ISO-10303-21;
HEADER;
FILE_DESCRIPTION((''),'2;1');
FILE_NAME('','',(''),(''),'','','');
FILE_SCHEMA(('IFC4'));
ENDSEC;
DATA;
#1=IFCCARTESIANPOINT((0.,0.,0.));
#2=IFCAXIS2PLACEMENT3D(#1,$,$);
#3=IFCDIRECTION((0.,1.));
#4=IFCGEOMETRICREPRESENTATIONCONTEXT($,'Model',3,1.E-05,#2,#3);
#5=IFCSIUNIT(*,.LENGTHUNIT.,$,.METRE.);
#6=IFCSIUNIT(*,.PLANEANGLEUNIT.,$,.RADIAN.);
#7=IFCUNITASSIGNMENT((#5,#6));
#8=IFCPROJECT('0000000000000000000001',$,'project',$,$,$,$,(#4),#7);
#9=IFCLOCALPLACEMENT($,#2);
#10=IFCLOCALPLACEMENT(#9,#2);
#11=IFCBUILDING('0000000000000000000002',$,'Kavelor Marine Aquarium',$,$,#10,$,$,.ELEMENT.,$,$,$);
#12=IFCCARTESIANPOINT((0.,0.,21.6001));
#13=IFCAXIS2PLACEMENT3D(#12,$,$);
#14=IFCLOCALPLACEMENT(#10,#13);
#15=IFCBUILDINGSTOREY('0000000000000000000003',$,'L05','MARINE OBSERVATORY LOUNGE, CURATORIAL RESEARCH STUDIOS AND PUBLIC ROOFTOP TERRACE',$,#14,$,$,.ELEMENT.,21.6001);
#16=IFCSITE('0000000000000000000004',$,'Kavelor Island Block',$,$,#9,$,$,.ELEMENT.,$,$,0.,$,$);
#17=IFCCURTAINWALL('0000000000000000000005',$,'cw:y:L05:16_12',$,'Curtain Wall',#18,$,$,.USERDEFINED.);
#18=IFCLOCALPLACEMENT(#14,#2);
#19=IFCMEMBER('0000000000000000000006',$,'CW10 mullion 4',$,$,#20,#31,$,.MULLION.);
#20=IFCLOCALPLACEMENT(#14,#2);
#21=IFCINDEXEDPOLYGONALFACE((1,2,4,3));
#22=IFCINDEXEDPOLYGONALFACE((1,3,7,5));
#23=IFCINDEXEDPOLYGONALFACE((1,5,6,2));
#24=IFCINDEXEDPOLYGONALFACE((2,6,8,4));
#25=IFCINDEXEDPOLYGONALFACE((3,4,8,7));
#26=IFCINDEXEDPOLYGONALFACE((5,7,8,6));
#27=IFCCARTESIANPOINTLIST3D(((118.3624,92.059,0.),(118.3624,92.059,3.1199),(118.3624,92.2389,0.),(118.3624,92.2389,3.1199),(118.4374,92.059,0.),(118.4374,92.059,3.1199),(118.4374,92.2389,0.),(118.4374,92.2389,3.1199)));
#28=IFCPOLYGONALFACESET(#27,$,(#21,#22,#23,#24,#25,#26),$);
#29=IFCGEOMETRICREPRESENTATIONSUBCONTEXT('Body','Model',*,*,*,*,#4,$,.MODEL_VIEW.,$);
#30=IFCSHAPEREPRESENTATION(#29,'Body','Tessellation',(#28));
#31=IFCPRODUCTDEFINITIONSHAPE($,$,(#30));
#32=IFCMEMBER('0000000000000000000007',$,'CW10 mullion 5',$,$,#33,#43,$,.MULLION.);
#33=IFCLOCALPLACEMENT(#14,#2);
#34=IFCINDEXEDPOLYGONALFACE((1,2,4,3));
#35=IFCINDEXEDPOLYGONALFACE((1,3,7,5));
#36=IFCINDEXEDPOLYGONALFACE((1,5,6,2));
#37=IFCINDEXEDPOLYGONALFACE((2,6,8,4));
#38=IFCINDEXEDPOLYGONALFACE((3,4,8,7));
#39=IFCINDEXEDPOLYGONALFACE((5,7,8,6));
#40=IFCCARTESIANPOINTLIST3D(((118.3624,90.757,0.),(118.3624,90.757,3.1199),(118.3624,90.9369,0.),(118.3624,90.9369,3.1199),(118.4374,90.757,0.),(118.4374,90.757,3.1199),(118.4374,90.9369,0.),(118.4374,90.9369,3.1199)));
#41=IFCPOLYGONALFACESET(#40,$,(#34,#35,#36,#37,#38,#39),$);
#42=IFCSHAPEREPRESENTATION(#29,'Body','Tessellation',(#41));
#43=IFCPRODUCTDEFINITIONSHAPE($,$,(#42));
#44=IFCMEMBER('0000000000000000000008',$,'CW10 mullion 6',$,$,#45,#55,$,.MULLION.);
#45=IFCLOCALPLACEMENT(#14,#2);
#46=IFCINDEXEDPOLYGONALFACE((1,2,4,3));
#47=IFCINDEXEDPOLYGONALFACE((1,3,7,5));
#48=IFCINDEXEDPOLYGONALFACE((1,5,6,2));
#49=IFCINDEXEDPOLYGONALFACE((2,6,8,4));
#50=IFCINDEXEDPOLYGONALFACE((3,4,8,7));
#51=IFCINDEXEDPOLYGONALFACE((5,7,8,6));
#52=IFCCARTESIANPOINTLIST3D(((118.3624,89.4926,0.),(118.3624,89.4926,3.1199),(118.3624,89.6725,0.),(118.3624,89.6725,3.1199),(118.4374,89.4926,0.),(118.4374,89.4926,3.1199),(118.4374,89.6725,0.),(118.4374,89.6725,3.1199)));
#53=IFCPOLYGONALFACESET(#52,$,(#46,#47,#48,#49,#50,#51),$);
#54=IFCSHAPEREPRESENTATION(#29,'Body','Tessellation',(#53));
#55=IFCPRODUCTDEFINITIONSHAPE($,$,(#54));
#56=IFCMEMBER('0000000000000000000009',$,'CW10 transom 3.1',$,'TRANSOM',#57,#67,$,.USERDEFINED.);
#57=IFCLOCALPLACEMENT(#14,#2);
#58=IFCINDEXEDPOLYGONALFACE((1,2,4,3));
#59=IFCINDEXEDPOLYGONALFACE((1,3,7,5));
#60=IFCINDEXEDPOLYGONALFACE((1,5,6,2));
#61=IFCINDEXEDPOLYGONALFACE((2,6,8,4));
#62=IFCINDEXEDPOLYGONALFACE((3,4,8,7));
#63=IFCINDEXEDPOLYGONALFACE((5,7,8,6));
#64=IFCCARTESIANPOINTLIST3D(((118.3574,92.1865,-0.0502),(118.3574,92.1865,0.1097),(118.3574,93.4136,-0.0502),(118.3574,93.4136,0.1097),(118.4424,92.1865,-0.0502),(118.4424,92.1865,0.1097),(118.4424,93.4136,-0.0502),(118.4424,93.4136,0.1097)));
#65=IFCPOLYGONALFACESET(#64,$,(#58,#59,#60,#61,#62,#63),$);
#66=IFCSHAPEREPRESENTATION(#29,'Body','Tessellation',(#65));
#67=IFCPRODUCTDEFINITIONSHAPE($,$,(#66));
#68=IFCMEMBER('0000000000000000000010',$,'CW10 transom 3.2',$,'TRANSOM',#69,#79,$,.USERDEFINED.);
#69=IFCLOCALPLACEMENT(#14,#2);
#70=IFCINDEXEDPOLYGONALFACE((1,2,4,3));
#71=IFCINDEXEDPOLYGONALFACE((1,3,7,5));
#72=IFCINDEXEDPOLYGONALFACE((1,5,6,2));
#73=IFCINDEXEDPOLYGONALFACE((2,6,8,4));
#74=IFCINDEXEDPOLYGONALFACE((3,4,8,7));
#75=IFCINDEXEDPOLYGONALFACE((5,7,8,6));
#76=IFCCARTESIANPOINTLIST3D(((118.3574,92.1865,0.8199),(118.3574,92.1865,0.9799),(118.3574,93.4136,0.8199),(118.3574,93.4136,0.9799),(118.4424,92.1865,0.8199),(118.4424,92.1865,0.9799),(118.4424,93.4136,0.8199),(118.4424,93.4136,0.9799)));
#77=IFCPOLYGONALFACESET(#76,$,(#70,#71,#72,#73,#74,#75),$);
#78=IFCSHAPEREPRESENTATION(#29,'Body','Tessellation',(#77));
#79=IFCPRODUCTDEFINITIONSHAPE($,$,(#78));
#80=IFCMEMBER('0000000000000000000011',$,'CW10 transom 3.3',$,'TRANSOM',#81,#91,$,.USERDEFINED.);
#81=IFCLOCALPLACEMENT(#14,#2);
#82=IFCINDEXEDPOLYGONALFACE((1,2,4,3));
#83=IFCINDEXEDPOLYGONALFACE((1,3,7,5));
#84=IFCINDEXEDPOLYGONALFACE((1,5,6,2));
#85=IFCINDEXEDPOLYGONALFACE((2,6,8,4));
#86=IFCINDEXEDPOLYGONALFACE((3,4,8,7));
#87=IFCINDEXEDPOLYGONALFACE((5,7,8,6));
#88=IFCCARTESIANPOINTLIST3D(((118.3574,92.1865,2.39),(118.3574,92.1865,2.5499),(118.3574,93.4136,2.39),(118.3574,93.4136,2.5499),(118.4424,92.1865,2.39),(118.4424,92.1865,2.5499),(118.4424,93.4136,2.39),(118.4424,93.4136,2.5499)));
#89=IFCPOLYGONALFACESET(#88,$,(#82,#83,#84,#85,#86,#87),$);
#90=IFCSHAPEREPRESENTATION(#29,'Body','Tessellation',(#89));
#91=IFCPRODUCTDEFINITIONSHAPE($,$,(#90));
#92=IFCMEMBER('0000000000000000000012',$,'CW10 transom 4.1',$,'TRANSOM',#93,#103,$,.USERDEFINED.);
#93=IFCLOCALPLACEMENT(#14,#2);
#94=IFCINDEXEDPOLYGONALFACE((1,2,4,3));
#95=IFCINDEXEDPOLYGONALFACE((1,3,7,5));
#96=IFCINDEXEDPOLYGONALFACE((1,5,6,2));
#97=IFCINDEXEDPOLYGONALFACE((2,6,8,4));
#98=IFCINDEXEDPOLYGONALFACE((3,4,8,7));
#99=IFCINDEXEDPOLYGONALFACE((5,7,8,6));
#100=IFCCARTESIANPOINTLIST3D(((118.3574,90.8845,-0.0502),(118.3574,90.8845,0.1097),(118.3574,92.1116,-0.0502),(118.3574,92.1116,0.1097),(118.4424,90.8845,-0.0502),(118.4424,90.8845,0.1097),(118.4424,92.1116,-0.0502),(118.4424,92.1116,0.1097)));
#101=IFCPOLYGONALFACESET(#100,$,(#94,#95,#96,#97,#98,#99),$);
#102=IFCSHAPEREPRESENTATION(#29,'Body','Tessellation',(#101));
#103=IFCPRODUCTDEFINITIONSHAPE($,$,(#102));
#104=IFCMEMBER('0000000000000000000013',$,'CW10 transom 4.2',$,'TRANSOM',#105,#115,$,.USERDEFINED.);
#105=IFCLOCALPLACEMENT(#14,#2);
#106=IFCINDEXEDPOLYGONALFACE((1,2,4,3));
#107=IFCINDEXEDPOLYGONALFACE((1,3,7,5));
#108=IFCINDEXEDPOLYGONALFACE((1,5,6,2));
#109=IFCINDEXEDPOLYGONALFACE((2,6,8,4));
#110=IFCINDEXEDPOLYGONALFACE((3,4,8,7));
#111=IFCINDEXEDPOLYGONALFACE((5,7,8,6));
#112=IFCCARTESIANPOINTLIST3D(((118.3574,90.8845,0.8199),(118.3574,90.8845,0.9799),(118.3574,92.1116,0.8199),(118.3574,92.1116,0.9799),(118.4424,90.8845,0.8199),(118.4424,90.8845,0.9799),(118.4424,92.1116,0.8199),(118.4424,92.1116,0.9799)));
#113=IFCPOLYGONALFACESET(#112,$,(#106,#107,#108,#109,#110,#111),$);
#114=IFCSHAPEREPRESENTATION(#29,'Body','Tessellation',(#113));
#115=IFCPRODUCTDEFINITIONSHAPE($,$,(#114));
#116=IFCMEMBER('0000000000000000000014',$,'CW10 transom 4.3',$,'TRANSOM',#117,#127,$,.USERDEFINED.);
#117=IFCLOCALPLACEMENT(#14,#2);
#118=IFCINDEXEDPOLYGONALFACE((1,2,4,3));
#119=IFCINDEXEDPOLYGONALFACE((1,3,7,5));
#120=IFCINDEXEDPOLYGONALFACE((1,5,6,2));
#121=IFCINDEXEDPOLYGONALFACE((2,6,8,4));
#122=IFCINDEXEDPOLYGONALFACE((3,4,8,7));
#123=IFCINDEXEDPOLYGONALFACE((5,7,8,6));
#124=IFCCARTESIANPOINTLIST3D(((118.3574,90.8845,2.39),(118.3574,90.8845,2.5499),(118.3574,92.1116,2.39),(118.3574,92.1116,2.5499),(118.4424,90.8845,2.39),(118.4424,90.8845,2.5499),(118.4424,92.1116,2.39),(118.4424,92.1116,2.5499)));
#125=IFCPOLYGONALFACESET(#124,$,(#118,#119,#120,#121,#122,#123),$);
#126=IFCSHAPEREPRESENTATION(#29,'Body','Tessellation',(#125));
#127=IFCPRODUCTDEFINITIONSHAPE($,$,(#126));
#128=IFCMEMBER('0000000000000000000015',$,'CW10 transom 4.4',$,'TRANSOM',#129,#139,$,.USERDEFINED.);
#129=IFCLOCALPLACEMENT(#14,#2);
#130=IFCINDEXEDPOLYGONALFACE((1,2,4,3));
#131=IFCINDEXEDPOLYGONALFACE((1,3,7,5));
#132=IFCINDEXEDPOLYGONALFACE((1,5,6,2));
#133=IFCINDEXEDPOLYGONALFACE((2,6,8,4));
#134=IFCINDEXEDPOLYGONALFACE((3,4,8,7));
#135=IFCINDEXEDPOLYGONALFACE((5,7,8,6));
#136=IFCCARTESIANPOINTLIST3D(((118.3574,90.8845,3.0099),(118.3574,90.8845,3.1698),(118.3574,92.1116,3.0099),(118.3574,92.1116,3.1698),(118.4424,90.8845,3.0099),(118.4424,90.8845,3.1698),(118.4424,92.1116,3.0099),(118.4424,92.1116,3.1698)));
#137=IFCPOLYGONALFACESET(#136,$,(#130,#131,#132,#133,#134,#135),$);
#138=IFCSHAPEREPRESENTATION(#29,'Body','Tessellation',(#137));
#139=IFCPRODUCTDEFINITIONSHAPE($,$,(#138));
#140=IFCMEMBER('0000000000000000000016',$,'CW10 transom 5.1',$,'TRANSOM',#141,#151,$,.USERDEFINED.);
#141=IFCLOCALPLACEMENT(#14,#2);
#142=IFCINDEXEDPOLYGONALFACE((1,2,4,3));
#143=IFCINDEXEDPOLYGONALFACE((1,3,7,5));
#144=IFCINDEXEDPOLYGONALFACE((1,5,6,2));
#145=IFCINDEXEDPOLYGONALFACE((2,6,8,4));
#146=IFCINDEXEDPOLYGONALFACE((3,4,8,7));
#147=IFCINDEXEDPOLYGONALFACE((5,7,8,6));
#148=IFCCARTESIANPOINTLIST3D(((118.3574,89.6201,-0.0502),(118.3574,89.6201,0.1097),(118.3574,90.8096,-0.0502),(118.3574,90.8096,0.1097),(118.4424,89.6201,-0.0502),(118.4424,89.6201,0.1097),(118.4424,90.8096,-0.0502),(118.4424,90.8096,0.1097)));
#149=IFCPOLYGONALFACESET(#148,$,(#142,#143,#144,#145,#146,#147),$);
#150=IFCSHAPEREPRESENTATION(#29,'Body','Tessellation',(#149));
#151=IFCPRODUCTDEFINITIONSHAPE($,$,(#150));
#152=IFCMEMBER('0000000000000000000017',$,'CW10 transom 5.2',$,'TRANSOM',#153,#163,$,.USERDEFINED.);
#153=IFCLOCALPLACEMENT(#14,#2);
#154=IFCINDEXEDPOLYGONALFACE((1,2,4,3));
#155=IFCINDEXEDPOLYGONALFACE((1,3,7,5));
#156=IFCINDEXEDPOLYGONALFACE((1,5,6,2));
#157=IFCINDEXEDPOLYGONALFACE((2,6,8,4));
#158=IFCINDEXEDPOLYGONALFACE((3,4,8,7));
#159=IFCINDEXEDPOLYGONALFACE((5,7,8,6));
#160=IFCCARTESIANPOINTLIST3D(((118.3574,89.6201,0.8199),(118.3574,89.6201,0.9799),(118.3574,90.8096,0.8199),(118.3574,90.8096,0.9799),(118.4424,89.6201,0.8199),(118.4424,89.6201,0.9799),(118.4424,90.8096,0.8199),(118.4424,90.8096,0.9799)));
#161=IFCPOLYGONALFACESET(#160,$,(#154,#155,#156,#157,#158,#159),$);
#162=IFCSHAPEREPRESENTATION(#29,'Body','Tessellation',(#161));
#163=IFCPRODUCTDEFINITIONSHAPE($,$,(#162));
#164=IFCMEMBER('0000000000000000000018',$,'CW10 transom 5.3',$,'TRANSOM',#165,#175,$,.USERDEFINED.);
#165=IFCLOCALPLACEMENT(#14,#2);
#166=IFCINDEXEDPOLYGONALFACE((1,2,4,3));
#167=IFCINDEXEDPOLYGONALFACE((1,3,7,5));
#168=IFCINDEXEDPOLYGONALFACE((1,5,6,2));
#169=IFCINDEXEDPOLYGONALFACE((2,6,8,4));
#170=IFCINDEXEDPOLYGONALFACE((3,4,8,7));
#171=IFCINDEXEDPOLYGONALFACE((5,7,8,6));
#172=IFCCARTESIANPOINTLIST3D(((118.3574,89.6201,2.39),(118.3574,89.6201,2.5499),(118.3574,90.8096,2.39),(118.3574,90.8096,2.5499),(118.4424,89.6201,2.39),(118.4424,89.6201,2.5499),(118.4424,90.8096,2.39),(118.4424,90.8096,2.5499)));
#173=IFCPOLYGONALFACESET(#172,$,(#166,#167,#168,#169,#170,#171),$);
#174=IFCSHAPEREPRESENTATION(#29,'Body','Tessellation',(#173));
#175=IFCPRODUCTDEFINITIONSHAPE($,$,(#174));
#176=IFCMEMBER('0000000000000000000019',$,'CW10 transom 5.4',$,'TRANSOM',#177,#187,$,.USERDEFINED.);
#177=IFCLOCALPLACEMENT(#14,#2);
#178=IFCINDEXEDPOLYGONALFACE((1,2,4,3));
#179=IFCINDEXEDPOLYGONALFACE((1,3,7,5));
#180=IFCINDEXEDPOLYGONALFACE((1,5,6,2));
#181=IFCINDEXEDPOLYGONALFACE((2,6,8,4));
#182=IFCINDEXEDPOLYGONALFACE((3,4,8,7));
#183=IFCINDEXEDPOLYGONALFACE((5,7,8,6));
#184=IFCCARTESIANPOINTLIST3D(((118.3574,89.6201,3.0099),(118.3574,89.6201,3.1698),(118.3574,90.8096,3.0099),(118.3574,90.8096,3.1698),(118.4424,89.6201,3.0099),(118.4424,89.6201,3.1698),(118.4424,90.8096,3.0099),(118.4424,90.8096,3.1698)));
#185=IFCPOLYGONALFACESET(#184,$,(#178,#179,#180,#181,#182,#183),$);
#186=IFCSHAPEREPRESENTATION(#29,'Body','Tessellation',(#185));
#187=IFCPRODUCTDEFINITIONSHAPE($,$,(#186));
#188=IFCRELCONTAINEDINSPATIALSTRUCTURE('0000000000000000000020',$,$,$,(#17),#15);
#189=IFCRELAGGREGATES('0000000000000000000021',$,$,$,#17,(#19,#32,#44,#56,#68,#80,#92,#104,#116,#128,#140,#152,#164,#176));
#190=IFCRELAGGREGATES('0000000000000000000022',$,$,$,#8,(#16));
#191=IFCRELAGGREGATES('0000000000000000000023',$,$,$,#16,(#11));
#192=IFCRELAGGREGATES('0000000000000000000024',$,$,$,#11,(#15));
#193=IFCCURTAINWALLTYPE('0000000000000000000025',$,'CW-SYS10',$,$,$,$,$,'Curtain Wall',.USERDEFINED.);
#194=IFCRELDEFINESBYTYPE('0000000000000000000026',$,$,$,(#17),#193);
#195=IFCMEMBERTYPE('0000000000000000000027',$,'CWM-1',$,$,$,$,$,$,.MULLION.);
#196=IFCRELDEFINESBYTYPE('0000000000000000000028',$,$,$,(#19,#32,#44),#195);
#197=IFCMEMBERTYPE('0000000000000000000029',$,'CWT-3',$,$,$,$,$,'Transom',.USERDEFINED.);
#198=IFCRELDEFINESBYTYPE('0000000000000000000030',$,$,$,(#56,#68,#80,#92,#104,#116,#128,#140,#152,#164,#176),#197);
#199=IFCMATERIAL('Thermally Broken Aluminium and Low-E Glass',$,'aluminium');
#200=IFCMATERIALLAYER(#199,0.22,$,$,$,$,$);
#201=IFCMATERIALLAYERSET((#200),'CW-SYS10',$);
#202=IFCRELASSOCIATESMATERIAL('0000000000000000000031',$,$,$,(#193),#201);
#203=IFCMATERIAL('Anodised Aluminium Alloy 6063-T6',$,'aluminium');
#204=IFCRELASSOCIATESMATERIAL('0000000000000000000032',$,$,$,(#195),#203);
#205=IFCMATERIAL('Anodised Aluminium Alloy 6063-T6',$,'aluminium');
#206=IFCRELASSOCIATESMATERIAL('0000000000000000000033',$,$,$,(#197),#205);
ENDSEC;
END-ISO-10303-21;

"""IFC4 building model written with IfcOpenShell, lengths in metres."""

from ifc_helpers import new_model, si_unit, direction, frame, origin, origin_2d, place, context, subcontext, project, spatial, rectangle, extrude, material, layer, layer_set, material_profile, profile_set, type_object, element, aggregate, save


model = new_model("IFC4")

# Units and contexts
model_context = context("Model", 3, precision=1e-05, world=origin(), true_north=direction((0.0, 1.0)))
body_context = subcontext(model_context, "Body", "Model", "MODEL_VIEW")
ifc_project = project(units=[si_unit("LENGTHUNIT", "METRE"), si_unit("PLANEANGLEUNIT", "RADIAN")], contexts=[model_context])

# Site, building, storey
site_placement = place(None, origin())
site = spatial("IfcSite", under=ifc_project, at=site_placement, Name="Kavelor Island Block", CompositionType="ELEMENT", RefElevation=0.0)
building_placement = place(site_placement, origin())
building = spatial("IfcBuilding", under=site, at=building_placement, Name="Kavelor Marine Aquarium", CompositionType="ELEMENT")
storey_placement = place(building_placement, frame((0.0, 0.0, 21.6001)))
storey = spatial("IfcBuildingStorey", under=building, at=storey_placement, Name="L05", Description="MARINE OBSERVATORY LOUNGE, CURATORIAL RESEARCH STUDIOS AND PUBLIC ROOFTOP TERRACE", CompositionType="ELEMENT", Elevation=21.6001)

# Curtain wall, members
ifc_material_1 = material(Name="Thermally Broken Aluminium and Low-E Glass", Category="aluminium")
ifc_layer_1 = layer(ifc_material_1, 0.22)
ifc_layer_set_1 = layer_set([ifc_layer_1], Name="CW-SYS10")
curtain_wall_type = type_object("IfcCurtainWallType", Name="CW-SYS10", ElementType="Curtain Wall", PredefinedType="USERDEFINED", material=ifc_layer_set_1)
curtain_wall_placement = place(storey_placement, origin())
curtain_wall = element("IfcCurtainWall", 1, at=curtain_wall_placement, inside=storey, type_object=curtain_wall_type, Name="cw:y:L05:16_12", ObjectType="Curtain Wall", PredefinedType="USERDEFINED")
ifc_material_2 = material(Name="Anodised Aluminium Alloy 6063-T6", Category="aluminium")
ifc_material_profile_1 = material_profile(ifc_material_2, rectangle(XDim=0.075, YDim=0.1799, at=origin_2d()), Name="CW-MUL 75x180")
ifc_profile_set_1 = profile_set([ifc_material_profile_1], Name="Anodised Aluminium Alloy 6063-T6")
member_type_1 = type_object("IfcMemberType", Name="CWM-1", PredefinedType="MULLION", material=ifc_profile_set_1)
member_1_placement = place(storey_placement, frame((118.3999, 92.1489, 0.0), z_axis=(0.0, 0.0, 1.0), x_axis=(1.0, 0.0, 0.0)))
member_1 = element("IfcMember", 2, at=member_1_placement, type_object=member_type_1, Name="CW10 mullion 4", PredefinedType="MULLION", context=body_context, shape_type="SweptSolid", body=[
    extrude(rectangle(XDim=0.075, YDim=0.1799, at=origin_2d()), origin(), (0.0, 0.0, 1.0), 3.1199),
])
member_2_placement = place(storey_placement, frame((118.3999, 90.8469, 0.0), z_axis=(0.0, 0.0, 1.0), x_axis=(1.0, 0.0, 0.0)))
member_2 = element("IfcMember", 3, at=member_2_placement, type_object=member_type_1, Name="CW10 mullion 5", PredefinedType="MULLION", context=body_context, shape_type="SweptSolid", body=[
    extrude(rectangle(XDim=0.075, YDim=0.1799, at=origin_2d()), origin(), (0.0, 0.0, 1.0), 3.1199),
])
member_3_placement = place(storey_placement, frame((118.3999, 89.5825, 0.0), z_axis=(0.0, 0.0, 1.0), x_axis=(1.0, 0.0, 0.0)))
member_3 = element("IfcMember", 4, at=member_3_placement, type_object=member_type_1, Name="CW10 mullion 6", PredefinedType="MULLION", context=body_context, shape_type="SweptSolid", body=[
    extrude(rectangle(XDim=0.075, YDim=0.1799, at=origin_2d()), origin(), (0.0, 0.0, 1.0), 3.1199),
])
ifc_material_3 = material(Name="Anodised Aluminium Alloy 6063-T6", Category="aluminium")
ifc_material_profile_2 = material_profile(ifc_material_3, rectangle(XDim=0.085, YDim=0.1599, at=origin_2d()), Name="CW-TRN 85x160")
ifc_profile_set_2 = profile_set([ifc_material_profile_2], Name="Anodised Aluminium Alloy 6063-T6")
member_type_2 = type_object("IfcMemberType", Name="CWT-3", ElementType="Transom", PredefinedType="USERDEFINED", material=ifc_profile_set_2)
member_4_placement = place(storey_placement, frame((118.3999, 93.4136, 0.0298), z_axis=(0.0, -1.0, 0.0), x_axis=(1.0, 0.0, 0.0)))
member_4 = element("IfcMember", 5, at=member_4_placement, type_object=member_type_2, Name="CW10 transom 3.1", ObjectType="TRANSOM", PredefinedType="USERDEFINED", context=body_context, shape_type="SweptSolid", body=[
    extrude(rectangle(XDim=0.085, YDim=0.1599, at=origin_2d()), origin(), (0.0, 0.0, 1.0), 1.2271),
])
member_5_placement = place(storey_placement, frame((118.3999, 93.4136, 0.8999), z_axis=(0.0, -1.0, 0.0), x_axis=(1.0, 0.0, 0.0)))
member_5 = element("IfcMember", 6, at=member_5_placement, type_object=member_type_2, Name="CW10 transom 3.2", ObjectType="TRANSOM", PredefinedType="USERDEFINED", context=body_context, shape_type="SweptSolid", body=[
    extrude(rectangle(XDim=0.085, YDim=0.1599, at=origin_2d()), origin(), (0.0, 0.0, 1.0), 1.2271),
])
member_6_placement = place(storey_placement, frame((118.3999, 93.4136, 2.47), z_axis=(0.0, -1.0, 0.0), x_axis=(1.0, 0.0, 0.0)))
member_6 = element("IfcMember", 7, at=member_6_placement, type_object=member_type_2, Name="CW10 transom 3.3", ObjectType="TRANSOM", PredefinedType="USERDEFINED", context=body_context, shape_type="SweptSolid", body=[
    extrude(rectangle(XDim=0.085, YDim=0.1599, at=origin_2d()), origin(), (0.0, 0.0, 1.0), 1.2271),
])
member_7_placement = place(storey_placement, frame((118.3999, 92.1116, 0.0298), z_axis=(0.0, -1.0, 0.0), x_axis=(1.0, 0.0, 0.0)))
member_7 = element("IfcMember", 8, at=member_7_placement, type_object=member_type_2, Name="CW10 transom 4.1", ObjectType="TRANSOM", PredefinedType="USERDEFINED", context=body_context, shape_type="SweptSolid", body=[
    extrude(rectangle(XDim=0.085, YDim=0.1599, at=origin_2d()), origin(), (0.0, 0.0, 1.0), 1.2271),
])
member_8_placement = place(storey_placement, frame((118.3999, 92.1116, 0.8999), z_axis=(0.0, -1.0, 0.0), x_axis=(1.0, 0.0, 0.0)))
member_8 = element("IfcMember", 9, at=member_8_placement, type_object=member_type_2, Name="CW10 transom 4.2", ObjectType="TRANSOM", PredefinedType="USERDEFINED", context=body_context, shape_type="SweptSolid", body=[
    extrude(rectangle(XDim=0.085, YDim=0.1599, at=origin_2d()), origin(), (0.0, 0.0, 1.0), 1.2271),
])
member_9_placement = place(storey_placement, frame((118.3999, 92.1116, 2.47), z_axis=(0.0, -1.0, 0.0), x_axis=(1.0, 0.0, 0.0)))
member_9 = element("IfcMember", 10, at=member_9_placement, type_object=member_type_2, Name="CW10 transom 4.3", ObjectType="TRANSOM", PredefinedType="USERDEFINED", context=body_context, shape_type="SweptSolid", body=[
    extrude(rectangle(XDim=0.085, YDim=0.1599, at=origin_2d()), origin(), (0.0, 0.0, 1.0), 1.2271),
])
member_10_placement = place(storey_placement, frame((118.3999, 92.1116, 3.0898), z_axis=(0.0, -1.0, 0.0), x_axis=(1.0, 0.0, 0.0)))
member_10 = element("IfcMember", 11, at=member_10_placement, type_object=member_type_2, Name="CW10 transom 4.4", ObjectType="TRANSOM", PredefinedType="USERDEFINED", context=body_context, shape_type="SweptSolid", body=[
    extrude(rectangle(XDim=0.085, YDim=0.1599, at=origin_2d()), origin(), (0.0, 0.0, 1.0), 1.2271),
])
member_11_placement = place(storey_placement, frame((118.3999, 90.8096, 0.0298), z_axis=(0.0, -1.0, 0.0), x_axis=(1.0, 0.0, 0.0)))
member_11 = element("IfcMember", 12, at=member_11_placement, type_object=member_type_2, Name="CW10 transom 5.1", ObjectType="TRANSOM", PredefinedType="USERDEFINED", context=body_context, shape_type="SweptSolid", body=[
    extrude(rectangle(XDim=0.085, YDim=0.1599, at=origin_2d()), origin(), (0.0, 0.0, 1.0), 1.1895),
])
member_12_placement = place(storey_placement, frame((118.3999, 90.8096, 0.8999), z_axis=(0.0, -1.0, 0.0), x_axis=(1.0, 0.0, 0.0)))
member_12 = element("IfcMember", 13, at=member_12_placement, type_object=member_type_2, Name="CW10 transom 5.2", ObjectType="TRANSOM", PredefinedType="USERDEFINED", context=body_context, shape_type="SweptSolid", body=[
    extrude(rectangle(XDim=0.085, YDim=0.1599, at=origin_2d()), origin(), (0.0, 0.0, 1.0), 1.1895),
])
member_13_placement = place(storey_placement, frame((118.3999, 90.8096, 2.47), z_axis=(0.0, -1.0, 0.0), x_axis=(1.0, 0.0, 0.0)))
member_13 = element("IfcMember", 14, at=member_13_placement, type_object=member_type_2, Name="CW10 transom 5.3", ObjectType="TRANSOM", PredefinedType="USERDEFINED", context=body_context, shape_type="SweptSolid", body=[
    extrude(rectangle(XDim=0.085, YDim=0.1599, at=origin_2d()), origin(), (0.0, 0.0, 1.0), 1.1895),
])
member_14_placement = place(storey_placement, frame((118.3999, 90.8096, 3.0898), z_axis=(0.0, -1.0, 0.0), x_axis=(1.0, 0.0, 0.0)))
member_14 = element("IfcMember", 15, at=member_14_placement, type_object=member_type_2, Name="CW10 transom 5.4", ObjectType="TRANSOM", PredefinedType="USERDEFINED", context=body_context, shape_type="SweptSolid", body=[
    extrude(rectangle(XDim=0.085, YDim=0.1599, at=origin_2d()), origin(), (0.0, 0.0, 1.0), 1.1895),
])
aggregate(curtain_wall, [member_1, member_2, member_3, member_4, member_5, member_6, member_7, member_8, member_9, member_10, member_11, member_12, member_13, member_14])

save(model, "model.ifc")
